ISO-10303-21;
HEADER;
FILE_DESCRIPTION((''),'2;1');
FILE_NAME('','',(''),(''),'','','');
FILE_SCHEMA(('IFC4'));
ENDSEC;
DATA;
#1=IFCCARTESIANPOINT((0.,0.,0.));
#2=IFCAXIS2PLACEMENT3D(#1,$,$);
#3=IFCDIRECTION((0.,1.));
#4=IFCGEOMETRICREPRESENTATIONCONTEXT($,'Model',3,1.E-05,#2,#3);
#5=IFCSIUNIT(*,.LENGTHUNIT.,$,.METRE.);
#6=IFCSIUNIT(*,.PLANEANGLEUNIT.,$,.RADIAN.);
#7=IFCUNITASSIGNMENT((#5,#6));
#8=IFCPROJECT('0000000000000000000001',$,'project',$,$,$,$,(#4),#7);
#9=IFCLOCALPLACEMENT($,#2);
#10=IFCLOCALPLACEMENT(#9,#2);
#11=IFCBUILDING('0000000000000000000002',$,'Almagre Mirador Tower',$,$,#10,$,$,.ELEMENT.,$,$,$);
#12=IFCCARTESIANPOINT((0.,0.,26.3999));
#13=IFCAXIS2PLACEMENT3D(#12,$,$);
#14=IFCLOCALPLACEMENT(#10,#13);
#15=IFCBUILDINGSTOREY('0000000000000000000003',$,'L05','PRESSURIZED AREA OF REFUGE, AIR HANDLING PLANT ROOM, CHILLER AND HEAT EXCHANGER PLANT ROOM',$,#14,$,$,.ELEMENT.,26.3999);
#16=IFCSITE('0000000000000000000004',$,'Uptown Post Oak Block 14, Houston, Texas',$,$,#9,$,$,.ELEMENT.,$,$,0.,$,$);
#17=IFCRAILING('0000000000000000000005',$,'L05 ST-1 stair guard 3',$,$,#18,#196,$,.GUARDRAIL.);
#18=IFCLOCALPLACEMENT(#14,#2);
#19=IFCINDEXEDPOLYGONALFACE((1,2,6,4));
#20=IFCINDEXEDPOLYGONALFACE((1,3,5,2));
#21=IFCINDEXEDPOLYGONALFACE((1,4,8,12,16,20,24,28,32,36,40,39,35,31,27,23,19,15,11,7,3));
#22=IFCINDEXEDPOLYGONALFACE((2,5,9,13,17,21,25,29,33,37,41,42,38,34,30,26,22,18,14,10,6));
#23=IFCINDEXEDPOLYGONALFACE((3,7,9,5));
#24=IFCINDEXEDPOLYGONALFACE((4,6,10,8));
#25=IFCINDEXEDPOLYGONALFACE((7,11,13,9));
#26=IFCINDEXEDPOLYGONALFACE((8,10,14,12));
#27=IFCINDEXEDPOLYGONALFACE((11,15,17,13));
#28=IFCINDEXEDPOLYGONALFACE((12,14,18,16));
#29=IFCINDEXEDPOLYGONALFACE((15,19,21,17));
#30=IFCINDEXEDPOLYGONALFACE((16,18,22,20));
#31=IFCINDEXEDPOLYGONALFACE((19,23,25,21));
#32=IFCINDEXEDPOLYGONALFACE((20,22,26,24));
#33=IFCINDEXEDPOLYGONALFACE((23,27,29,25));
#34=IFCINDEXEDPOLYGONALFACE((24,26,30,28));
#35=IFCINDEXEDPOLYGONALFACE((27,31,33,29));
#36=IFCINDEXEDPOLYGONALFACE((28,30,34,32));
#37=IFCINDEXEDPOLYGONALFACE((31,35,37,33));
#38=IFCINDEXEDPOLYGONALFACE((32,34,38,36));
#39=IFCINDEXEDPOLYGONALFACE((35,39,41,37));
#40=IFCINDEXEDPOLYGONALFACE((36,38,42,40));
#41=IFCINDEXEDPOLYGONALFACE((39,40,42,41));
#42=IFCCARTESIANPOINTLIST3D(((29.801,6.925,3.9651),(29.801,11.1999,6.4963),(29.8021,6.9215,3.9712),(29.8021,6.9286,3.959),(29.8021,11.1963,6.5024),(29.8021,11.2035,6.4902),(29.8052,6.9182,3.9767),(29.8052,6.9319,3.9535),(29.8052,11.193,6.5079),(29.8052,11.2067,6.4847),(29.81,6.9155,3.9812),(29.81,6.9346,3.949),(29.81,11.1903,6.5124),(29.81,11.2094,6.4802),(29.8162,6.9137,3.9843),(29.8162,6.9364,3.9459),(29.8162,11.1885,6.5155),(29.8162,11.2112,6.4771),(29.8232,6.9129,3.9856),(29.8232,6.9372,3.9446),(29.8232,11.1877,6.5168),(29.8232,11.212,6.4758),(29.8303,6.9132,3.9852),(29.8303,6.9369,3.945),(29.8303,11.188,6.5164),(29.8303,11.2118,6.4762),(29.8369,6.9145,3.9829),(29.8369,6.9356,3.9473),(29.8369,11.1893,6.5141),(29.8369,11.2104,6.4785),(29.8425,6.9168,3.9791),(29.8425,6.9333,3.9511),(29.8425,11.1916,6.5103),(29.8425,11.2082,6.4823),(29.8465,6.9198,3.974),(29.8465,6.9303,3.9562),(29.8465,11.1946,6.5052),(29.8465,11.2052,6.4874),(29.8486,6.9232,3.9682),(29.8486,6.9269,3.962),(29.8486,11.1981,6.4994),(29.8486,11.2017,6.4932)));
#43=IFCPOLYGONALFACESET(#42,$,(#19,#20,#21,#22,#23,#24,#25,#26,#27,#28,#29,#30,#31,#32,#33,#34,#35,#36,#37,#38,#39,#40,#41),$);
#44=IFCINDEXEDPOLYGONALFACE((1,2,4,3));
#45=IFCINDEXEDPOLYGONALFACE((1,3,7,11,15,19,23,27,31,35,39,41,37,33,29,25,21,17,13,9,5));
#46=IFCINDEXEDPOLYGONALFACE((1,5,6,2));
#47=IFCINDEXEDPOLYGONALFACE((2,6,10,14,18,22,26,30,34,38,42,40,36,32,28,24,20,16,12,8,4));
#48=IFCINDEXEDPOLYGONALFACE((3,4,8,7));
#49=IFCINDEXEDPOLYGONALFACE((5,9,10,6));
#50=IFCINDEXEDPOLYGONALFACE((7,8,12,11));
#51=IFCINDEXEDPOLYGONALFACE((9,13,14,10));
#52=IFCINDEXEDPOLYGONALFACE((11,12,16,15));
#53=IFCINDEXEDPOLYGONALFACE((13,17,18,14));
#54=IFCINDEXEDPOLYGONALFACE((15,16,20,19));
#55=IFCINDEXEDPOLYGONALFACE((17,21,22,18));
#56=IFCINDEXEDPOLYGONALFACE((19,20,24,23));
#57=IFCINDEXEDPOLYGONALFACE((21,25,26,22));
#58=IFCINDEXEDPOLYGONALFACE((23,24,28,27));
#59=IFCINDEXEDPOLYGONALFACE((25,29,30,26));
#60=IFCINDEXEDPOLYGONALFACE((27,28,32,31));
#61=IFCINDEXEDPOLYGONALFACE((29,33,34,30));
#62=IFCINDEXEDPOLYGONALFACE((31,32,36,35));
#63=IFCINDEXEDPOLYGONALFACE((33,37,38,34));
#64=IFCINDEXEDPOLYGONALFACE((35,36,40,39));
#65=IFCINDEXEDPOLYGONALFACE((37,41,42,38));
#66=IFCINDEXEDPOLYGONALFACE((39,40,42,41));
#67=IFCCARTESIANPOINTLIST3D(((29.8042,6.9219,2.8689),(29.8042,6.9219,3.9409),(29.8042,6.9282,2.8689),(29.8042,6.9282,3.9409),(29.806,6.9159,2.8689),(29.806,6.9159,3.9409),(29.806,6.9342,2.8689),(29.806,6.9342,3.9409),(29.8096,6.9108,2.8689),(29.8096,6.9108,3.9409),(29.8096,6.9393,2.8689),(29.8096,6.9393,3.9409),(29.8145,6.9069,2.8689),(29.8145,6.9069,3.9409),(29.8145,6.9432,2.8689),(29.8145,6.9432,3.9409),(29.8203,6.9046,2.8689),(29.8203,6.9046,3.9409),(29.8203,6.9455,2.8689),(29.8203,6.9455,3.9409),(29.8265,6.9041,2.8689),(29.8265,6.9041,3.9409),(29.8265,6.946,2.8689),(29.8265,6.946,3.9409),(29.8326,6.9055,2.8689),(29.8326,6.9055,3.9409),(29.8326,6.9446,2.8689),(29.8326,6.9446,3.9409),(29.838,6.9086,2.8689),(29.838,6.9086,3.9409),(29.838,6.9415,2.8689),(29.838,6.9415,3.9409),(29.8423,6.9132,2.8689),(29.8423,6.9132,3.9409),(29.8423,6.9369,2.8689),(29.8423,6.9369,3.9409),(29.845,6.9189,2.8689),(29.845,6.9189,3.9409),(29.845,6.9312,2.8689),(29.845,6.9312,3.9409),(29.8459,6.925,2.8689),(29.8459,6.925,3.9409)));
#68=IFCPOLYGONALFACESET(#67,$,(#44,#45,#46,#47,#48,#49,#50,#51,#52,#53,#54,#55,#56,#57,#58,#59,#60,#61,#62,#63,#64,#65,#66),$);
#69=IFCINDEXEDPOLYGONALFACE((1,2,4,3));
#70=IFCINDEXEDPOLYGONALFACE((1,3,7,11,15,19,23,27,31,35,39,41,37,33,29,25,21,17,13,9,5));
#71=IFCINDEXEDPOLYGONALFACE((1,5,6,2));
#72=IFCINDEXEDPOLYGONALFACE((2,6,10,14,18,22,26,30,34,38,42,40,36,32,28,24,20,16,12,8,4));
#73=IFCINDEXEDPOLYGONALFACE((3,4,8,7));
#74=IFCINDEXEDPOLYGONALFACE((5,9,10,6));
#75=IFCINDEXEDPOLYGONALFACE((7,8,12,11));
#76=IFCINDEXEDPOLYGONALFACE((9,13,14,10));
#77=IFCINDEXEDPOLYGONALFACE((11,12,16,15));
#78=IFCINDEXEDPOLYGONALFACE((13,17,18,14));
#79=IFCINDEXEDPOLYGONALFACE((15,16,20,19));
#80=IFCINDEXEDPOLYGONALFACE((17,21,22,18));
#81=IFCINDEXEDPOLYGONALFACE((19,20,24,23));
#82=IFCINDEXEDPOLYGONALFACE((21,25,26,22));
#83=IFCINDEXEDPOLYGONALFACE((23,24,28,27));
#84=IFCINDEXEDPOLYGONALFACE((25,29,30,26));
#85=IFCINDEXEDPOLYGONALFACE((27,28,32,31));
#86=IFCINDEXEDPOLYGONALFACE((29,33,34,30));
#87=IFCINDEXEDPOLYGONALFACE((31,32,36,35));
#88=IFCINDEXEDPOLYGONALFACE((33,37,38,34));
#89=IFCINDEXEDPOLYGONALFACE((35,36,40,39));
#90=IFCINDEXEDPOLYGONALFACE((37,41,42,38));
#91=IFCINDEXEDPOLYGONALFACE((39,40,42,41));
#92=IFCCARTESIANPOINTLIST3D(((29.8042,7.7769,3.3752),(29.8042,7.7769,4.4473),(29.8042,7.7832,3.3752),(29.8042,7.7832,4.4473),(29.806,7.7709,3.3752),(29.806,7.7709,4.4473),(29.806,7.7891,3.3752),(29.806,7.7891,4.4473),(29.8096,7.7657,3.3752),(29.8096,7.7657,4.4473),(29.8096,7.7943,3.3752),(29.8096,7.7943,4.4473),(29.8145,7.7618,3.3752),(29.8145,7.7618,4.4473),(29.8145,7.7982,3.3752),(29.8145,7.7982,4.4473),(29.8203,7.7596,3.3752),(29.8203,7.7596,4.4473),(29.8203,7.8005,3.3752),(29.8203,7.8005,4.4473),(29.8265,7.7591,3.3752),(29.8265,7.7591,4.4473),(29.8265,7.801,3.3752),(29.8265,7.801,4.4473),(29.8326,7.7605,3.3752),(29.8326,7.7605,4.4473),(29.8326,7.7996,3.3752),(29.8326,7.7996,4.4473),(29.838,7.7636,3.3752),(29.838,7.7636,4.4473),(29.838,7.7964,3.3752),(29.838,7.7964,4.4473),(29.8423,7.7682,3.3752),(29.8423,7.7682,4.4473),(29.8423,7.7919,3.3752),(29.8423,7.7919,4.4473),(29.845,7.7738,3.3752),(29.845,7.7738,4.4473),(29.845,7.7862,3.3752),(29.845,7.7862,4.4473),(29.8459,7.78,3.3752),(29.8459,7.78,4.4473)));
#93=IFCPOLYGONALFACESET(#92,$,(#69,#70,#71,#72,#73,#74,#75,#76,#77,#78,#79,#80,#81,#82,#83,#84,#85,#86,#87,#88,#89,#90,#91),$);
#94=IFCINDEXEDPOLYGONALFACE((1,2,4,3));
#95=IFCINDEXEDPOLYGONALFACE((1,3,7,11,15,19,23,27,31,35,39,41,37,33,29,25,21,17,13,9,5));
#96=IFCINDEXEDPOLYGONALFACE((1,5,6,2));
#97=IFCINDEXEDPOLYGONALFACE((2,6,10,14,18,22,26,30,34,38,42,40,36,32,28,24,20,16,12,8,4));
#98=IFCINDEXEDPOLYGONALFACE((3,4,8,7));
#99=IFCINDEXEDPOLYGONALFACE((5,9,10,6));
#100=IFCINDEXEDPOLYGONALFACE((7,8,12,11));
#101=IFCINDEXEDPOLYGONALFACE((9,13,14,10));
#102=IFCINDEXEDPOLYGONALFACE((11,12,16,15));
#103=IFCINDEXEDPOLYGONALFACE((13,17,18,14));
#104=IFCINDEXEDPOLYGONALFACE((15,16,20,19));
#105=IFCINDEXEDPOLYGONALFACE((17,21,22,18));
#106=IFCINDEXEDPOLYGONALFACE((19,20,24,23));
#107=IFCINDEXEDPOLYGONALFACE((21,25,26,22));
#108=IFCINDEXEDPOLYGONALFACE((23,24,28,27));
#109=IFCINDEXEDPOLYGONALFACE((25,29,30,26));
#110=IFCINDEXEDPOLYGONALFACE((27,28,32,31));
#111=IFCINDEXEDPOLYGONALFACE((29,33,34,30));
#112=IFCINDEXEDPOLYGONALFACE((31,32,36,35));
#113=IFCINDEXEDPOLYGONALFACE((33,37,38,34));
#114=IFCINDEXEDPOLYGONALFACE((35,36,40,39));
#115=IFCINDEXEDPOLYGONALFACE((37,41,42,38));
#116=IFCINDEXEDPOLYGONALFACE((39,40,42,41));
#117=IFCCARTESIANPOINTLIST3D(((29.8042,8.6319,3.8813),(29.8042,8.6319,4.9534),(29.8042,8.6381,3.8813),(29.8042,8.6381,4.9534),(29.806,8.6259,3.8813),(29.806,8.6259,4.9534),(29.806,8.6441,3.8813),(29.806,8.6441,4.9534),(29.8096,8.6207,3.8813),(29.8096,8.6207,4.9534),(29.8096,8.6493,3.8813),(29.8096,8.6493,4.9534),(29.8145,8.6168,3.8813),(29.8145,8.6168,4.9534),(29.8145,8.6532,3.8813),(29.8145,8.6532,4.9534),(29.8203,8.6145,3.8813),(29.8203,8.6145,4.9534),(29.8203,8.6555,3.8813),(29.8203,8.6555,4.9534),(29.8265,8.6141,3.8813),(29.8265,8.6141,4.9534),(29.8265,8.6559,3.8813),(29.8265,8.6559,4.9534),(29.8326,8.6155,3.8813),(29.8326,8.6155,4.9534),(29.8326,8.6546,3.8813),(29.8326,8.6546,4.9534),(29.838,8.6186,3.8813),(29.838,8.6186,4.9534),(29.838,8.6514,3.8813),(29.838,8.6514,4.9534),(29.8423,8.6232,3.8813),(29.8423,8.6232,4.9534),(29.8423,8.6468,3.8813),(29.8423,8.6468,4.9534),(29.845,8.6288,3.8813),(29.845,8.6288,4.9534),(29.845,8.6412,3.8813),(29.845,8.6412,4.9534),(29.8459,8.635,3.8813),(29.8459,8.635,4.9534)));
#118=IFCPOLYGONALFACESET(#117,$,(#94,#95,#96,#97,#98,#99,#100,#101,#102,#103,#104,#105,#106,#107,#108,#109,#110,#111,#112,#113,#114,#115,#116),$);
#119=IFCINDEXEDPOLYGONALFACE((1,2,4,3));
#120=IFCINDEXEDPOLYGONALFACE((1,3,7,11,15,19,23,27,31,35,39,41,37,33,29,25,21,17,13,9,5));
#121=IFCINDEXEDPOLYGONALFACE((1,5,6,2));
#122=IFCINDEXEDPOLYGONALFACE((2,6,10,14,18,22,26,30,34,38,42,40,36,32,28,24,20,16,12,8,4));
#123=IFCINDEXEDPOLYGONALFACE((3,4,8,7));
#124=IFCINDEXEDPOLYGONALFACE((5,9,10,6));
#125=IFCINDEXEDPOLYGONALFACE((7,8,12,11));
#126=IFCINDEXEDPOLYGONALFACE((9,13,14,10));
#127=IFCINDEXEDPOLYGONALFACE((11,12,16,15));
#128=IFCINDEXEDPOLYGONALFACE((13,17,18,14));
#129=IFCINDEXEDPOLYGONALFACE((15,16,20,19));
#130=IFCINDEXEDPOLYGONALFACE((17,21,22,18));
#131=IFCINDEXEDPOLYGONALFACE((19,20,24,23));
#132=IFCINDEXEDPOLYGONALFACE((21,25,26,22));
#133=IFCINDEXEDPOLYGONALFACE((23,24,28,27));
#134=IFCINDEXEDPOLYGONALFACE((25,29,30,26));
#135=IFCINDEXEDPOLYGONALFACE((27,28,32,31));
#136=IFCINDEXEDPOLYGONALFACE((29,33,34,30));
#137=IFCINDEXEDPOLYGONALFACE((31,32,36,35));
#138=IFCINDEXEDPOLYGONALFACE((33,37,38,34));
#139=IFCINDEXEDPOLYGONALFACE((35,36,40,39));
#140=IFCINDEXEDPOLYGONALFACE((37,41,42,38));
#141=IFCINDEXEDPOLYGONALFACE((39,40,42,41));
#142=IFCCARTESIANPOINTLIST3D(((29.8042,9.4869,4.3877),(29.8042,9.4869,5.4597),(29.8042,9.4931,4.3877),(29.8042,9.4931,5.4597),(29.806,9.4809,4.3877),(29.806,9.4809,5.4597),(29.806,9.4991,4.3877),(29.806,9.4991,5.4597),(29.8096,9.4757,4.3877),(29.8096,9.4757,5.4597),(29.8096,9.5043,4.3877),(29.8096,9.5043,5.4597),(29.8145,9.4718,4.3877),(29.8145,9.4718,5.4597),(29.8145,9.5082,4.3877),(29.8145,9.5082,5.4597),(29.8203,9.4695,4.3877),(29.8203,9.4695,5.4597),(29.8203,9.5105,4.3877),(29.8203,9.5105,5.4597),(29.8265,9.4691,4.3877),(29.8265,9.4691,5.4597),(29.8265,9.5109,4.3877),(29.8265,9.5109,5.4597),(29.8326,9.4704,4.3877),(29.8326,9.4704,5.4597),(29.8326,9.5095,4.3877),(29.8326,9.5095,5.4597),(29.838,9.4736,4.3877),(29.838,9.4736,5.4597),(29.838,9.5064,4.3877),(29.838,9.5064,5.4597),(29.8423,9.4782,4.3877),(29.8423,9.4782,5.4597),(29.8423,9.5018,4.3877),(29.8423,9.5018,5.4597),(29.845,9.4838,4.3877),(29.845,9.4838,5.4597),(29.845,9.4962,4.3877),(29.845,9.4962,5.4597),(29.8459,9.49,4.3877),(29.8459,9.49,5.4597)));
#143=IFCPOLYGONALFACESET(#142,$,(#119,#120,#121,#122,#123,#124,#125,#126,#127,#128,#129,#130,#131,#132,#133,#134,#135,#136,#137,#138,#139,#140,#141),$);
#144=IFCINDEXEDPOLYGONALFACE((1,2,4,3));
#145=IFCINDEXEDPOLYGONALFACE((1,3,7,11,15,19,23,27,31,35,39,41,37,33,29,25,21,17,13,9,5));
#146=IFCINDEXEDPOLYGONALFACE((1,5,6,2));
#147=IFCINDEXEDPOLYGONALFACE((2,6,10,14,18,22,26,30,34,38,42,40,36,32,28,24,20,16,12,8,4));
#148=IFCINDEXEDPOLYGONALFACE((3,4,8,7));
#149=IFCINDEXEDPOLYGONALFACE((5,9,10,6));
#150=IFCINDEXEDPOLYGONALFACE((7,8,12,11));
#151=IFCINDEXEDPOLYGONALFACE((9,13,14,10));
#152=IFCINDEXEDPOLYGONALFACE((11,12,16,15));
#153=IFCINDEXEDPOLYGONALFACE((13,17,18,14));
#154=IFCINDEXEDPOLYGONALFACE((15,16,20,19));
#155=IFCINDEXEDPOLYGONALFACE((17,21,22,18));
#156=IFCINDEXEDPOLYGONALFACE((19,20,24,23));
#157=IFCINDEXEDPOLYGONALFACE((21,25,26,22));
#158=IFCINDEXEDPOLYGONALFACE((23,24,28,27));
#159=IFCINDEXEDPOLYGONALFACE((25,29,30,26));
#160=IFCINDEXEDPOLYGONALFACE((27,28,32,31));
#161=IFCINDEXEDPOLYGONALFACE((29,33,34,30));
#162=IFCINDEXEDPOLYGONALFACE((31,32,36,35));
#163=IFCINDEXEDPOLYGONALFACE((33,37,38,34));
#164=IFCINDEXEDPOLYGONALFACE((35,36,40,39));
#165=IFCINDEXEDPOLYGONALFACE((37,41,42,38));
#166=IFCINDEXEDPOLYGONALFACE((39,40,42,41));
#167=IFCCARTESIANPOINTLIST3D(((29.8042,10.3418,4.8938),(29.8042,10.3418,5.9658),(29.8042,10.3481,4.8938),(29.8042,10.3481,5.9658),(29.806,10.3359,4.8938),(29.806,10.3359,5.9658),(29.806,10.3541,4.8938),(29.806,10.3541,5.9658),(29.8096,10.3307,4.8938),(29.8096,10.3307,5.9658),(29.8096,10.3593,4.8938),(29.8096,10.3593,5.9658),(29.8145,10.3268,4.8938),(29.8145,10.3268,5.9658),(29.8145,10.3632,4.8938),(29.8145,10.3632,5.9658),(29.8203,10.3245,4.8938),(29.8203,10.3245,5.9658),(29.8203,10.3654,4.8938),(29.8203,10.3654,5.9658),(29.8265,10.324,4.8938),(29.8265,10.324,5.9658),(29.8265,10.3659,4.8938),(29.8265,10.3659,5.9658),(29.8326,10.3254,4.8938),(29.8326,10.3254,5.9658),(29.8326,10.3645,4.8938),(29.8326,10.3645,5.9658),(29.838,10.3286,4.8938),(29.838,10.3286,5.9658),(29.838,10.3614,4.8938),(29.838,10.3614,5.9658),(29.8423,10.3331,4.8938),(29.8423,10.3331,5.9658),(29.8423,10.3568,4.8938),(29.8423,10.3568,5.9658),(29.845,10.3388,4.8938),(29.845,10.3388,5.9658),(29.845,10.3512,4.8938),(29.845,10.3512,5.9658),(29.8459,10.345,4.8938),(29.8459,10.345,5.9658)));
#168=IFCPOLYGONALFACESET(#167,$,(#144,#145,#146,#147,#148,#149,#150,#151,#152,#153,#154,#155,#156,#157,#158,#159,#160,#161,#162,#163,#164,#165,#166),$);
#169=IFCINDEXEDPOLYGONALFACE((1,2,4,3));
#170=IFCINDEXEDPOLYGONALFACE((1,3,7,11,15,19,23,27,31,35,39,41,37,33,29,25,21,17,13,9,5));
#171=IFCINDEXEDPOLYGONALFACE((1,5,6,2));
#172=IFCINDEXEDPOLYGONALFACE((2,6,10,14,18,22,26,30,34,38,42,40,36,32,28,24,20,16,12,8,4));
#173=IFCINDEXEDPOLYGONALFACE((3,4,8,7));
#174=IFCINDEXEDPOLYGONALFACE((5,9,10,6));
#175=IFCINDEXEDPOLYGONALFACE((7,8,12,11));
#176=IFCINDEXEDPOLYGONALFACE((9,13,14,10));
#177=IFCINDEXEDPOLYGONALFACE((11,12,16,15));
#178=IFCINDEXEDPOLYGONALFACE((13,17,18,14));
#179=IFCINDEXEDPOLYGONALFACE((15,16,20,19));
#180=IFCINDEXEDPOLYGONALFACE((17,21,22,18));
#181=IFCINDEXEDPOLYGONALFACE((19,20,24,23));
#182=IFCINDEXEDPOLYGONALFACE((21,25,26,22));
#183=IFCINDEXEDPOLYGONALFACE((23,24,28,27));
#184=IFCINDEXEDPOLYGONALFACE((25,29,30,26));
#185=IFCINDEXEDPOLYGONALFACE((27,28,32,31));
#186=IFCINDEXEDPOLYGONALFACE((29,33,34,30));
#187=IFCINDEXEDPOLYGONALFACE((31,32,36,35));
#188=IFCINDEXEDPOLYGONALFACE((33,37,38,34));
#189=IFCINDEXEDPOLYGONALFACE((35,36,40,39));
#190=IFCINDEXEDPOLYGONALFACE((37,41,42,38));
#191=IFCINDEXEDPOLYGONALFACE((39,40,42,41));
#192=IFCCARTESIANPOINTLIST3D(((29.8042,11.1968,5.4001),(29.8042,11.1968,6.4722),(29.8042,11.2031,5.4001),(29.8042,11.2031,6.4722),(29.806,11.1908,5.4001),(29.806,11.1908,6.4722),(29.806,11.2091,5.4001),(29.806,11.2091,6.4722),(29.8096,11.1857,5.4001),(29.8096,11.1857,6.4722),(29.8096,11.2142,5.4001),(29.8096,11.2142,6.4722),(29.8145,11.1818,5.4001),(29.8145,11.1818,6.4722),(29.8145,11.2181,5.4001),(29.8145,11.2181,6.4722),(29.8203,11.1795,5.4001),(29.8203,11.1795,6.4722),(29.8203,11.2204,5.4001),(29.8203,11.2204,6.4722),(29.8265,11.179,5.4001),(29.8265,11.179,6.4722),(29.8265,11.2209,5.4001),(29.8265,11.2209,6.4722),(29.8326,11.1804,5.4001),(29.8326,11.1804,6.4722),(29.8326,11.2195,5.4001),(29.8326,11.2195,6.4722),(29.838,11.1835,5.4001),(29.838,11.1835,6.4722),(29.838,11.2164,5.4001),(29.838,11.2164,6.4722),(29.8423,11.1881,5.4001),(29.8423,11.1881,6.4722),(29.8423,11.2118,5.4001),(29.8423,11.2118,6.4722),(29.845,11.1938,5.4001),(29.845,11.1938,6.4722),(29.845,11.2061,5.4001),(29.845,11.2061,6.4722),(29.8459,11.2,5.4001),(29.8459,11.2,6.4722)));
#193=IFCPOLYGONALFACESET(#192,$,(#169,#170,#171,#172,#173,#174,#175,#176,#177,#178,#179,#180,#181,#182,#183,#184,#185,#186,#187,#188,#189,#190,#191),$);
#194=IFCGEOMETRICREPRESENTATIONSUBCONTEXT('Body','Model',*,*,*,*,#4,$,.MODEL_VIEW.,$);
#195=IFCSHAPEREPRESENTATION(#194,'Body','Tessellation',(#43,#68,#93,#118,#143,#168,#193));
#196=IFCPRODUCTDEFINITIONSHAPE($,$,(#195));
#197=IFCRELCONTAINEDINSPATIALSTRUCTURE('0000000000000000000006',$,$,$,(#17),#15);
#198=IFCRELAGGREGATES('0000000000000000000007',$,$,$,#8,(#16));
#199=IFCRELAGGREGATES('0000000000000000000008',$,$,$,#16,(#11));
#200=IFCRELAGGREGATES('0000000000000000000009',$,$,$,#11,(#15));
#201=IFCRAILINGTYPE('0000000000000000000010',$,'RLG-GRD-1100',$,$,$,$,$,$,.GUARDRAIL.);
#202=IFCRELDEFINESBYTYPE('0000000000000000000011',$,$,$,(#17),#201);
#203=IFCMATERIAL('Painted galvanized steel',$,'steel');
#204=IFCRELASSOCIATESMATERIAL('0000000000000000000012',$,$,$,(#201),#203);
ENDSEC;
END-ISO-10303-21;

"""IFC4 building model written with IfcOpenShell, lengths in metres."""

from ifc_helpers import new_model, si_unit, direction, frame, origin, origin_2d, place, context, subcontext, project, spatial, circle, extrude, material, type_object, element, save


model = new_model("IFC4")

# Units and contexts
model_context = context("Model", 3, precision=1e-05, world=origin(), true_north=direction((0.0, 1.0)))
body_context = subcontext(model_context, "Body", "Model", "MODEL_VIEW")
ifc_project = project(units=[si_unit("LENGTHUNIT", "METRE"), si_unit("PLANEANGLEUNIT", "RADIAN")], contexts=[model_context])

# Site, building, storey
site_placement = place(None, origin())
site = spatial("IfcSite", under=ifc_project, at=site_placement, Name="Uptown Post Oak Block 14, Houston, Texas", CompositionType="ELEMENT", RefElevation=0.0)
building_placement = place(site_placement, origin())
building = spatial("IfcBuilding", under=site, at=building_placement, Name="Almagre Mirador Tower", CompositionType="ELEMENT")
storey_placement = place(building_placement, frame((0.0, 0.0, 26.3999)))
storey = spatial("IfcBuildingStorey", under=building, at=storey_placement, Name="L05", Description="PRESSURIZED AREA OF REFUGE, AIR HANDLING PLANT ROOM, CHILLER AND HEAT EXCHANGER PLANT ROOM", CompositionType="ELEMENT", Elevation=26.3999)

# Railing
ifc_material_1 = material(Name="Painted galvanized steel", Category="steel")
railing_type_1 = type_object("IfcRailingType", Name="RLG-GRD-1100", PredefinedType="GUARDRAIL", material=ifc_material_1)
railing_1_placement = place(storey_placement, frame((29.825, 6.925, 2.8689)))
element("IfcRailing", 1, at=railing_1_placement, inside=storey, type_object=railing_type_1, Name="L05 ST-1 stair guard 3", PredefinedType="GUARDRAIL", context=body_context, shape_type="SweptSolid", body=[
    extrude(circle(Radius=0.0239, at=origin_2d()), frame((0.0, 0.0, 1.0962), z_axis=(0.0, 0.86047, 0.509501), x_axis=(-1.0, 0.0, 0.0)), (0.0, 0.0, 1.0), 4.968),
    extrude(circle(Radius=0.021, at=origin_2d()), origin(), (0.0, 0.0, 1.0), 1.072),
    extrude(circle(Radius=0.021, at=origin_2d()), frame((0.0, 0.855, 0.5063)), (0.0, 0.0, 1.0), 1.072),
    extrude(circle(Radius=0.021, at=origin_2d()), frame((0.0, 1.71, 1.0125)), (0.0, 0.0, 1.0), 1.072),
    extrude(circle(Radius=0.021, at=origin_2d()), frame((0.0, 2.5649, 1.5188)), (0.0, 0.0, 1.0), 1.072),
    extrude(circle(Radius=0.021, at=origin_2d()), frame((0.0, 3.4199, 2.0249)), (0.0, 0.0, 1.0), 1.072),
    extrude(circle(Radius=0.021, at=origin_2d()), frame((0.0, 4.2749, 2.5312)), (0.0, 0.0, 1.0), 1.072),
])

save(model, "model.ifc")
